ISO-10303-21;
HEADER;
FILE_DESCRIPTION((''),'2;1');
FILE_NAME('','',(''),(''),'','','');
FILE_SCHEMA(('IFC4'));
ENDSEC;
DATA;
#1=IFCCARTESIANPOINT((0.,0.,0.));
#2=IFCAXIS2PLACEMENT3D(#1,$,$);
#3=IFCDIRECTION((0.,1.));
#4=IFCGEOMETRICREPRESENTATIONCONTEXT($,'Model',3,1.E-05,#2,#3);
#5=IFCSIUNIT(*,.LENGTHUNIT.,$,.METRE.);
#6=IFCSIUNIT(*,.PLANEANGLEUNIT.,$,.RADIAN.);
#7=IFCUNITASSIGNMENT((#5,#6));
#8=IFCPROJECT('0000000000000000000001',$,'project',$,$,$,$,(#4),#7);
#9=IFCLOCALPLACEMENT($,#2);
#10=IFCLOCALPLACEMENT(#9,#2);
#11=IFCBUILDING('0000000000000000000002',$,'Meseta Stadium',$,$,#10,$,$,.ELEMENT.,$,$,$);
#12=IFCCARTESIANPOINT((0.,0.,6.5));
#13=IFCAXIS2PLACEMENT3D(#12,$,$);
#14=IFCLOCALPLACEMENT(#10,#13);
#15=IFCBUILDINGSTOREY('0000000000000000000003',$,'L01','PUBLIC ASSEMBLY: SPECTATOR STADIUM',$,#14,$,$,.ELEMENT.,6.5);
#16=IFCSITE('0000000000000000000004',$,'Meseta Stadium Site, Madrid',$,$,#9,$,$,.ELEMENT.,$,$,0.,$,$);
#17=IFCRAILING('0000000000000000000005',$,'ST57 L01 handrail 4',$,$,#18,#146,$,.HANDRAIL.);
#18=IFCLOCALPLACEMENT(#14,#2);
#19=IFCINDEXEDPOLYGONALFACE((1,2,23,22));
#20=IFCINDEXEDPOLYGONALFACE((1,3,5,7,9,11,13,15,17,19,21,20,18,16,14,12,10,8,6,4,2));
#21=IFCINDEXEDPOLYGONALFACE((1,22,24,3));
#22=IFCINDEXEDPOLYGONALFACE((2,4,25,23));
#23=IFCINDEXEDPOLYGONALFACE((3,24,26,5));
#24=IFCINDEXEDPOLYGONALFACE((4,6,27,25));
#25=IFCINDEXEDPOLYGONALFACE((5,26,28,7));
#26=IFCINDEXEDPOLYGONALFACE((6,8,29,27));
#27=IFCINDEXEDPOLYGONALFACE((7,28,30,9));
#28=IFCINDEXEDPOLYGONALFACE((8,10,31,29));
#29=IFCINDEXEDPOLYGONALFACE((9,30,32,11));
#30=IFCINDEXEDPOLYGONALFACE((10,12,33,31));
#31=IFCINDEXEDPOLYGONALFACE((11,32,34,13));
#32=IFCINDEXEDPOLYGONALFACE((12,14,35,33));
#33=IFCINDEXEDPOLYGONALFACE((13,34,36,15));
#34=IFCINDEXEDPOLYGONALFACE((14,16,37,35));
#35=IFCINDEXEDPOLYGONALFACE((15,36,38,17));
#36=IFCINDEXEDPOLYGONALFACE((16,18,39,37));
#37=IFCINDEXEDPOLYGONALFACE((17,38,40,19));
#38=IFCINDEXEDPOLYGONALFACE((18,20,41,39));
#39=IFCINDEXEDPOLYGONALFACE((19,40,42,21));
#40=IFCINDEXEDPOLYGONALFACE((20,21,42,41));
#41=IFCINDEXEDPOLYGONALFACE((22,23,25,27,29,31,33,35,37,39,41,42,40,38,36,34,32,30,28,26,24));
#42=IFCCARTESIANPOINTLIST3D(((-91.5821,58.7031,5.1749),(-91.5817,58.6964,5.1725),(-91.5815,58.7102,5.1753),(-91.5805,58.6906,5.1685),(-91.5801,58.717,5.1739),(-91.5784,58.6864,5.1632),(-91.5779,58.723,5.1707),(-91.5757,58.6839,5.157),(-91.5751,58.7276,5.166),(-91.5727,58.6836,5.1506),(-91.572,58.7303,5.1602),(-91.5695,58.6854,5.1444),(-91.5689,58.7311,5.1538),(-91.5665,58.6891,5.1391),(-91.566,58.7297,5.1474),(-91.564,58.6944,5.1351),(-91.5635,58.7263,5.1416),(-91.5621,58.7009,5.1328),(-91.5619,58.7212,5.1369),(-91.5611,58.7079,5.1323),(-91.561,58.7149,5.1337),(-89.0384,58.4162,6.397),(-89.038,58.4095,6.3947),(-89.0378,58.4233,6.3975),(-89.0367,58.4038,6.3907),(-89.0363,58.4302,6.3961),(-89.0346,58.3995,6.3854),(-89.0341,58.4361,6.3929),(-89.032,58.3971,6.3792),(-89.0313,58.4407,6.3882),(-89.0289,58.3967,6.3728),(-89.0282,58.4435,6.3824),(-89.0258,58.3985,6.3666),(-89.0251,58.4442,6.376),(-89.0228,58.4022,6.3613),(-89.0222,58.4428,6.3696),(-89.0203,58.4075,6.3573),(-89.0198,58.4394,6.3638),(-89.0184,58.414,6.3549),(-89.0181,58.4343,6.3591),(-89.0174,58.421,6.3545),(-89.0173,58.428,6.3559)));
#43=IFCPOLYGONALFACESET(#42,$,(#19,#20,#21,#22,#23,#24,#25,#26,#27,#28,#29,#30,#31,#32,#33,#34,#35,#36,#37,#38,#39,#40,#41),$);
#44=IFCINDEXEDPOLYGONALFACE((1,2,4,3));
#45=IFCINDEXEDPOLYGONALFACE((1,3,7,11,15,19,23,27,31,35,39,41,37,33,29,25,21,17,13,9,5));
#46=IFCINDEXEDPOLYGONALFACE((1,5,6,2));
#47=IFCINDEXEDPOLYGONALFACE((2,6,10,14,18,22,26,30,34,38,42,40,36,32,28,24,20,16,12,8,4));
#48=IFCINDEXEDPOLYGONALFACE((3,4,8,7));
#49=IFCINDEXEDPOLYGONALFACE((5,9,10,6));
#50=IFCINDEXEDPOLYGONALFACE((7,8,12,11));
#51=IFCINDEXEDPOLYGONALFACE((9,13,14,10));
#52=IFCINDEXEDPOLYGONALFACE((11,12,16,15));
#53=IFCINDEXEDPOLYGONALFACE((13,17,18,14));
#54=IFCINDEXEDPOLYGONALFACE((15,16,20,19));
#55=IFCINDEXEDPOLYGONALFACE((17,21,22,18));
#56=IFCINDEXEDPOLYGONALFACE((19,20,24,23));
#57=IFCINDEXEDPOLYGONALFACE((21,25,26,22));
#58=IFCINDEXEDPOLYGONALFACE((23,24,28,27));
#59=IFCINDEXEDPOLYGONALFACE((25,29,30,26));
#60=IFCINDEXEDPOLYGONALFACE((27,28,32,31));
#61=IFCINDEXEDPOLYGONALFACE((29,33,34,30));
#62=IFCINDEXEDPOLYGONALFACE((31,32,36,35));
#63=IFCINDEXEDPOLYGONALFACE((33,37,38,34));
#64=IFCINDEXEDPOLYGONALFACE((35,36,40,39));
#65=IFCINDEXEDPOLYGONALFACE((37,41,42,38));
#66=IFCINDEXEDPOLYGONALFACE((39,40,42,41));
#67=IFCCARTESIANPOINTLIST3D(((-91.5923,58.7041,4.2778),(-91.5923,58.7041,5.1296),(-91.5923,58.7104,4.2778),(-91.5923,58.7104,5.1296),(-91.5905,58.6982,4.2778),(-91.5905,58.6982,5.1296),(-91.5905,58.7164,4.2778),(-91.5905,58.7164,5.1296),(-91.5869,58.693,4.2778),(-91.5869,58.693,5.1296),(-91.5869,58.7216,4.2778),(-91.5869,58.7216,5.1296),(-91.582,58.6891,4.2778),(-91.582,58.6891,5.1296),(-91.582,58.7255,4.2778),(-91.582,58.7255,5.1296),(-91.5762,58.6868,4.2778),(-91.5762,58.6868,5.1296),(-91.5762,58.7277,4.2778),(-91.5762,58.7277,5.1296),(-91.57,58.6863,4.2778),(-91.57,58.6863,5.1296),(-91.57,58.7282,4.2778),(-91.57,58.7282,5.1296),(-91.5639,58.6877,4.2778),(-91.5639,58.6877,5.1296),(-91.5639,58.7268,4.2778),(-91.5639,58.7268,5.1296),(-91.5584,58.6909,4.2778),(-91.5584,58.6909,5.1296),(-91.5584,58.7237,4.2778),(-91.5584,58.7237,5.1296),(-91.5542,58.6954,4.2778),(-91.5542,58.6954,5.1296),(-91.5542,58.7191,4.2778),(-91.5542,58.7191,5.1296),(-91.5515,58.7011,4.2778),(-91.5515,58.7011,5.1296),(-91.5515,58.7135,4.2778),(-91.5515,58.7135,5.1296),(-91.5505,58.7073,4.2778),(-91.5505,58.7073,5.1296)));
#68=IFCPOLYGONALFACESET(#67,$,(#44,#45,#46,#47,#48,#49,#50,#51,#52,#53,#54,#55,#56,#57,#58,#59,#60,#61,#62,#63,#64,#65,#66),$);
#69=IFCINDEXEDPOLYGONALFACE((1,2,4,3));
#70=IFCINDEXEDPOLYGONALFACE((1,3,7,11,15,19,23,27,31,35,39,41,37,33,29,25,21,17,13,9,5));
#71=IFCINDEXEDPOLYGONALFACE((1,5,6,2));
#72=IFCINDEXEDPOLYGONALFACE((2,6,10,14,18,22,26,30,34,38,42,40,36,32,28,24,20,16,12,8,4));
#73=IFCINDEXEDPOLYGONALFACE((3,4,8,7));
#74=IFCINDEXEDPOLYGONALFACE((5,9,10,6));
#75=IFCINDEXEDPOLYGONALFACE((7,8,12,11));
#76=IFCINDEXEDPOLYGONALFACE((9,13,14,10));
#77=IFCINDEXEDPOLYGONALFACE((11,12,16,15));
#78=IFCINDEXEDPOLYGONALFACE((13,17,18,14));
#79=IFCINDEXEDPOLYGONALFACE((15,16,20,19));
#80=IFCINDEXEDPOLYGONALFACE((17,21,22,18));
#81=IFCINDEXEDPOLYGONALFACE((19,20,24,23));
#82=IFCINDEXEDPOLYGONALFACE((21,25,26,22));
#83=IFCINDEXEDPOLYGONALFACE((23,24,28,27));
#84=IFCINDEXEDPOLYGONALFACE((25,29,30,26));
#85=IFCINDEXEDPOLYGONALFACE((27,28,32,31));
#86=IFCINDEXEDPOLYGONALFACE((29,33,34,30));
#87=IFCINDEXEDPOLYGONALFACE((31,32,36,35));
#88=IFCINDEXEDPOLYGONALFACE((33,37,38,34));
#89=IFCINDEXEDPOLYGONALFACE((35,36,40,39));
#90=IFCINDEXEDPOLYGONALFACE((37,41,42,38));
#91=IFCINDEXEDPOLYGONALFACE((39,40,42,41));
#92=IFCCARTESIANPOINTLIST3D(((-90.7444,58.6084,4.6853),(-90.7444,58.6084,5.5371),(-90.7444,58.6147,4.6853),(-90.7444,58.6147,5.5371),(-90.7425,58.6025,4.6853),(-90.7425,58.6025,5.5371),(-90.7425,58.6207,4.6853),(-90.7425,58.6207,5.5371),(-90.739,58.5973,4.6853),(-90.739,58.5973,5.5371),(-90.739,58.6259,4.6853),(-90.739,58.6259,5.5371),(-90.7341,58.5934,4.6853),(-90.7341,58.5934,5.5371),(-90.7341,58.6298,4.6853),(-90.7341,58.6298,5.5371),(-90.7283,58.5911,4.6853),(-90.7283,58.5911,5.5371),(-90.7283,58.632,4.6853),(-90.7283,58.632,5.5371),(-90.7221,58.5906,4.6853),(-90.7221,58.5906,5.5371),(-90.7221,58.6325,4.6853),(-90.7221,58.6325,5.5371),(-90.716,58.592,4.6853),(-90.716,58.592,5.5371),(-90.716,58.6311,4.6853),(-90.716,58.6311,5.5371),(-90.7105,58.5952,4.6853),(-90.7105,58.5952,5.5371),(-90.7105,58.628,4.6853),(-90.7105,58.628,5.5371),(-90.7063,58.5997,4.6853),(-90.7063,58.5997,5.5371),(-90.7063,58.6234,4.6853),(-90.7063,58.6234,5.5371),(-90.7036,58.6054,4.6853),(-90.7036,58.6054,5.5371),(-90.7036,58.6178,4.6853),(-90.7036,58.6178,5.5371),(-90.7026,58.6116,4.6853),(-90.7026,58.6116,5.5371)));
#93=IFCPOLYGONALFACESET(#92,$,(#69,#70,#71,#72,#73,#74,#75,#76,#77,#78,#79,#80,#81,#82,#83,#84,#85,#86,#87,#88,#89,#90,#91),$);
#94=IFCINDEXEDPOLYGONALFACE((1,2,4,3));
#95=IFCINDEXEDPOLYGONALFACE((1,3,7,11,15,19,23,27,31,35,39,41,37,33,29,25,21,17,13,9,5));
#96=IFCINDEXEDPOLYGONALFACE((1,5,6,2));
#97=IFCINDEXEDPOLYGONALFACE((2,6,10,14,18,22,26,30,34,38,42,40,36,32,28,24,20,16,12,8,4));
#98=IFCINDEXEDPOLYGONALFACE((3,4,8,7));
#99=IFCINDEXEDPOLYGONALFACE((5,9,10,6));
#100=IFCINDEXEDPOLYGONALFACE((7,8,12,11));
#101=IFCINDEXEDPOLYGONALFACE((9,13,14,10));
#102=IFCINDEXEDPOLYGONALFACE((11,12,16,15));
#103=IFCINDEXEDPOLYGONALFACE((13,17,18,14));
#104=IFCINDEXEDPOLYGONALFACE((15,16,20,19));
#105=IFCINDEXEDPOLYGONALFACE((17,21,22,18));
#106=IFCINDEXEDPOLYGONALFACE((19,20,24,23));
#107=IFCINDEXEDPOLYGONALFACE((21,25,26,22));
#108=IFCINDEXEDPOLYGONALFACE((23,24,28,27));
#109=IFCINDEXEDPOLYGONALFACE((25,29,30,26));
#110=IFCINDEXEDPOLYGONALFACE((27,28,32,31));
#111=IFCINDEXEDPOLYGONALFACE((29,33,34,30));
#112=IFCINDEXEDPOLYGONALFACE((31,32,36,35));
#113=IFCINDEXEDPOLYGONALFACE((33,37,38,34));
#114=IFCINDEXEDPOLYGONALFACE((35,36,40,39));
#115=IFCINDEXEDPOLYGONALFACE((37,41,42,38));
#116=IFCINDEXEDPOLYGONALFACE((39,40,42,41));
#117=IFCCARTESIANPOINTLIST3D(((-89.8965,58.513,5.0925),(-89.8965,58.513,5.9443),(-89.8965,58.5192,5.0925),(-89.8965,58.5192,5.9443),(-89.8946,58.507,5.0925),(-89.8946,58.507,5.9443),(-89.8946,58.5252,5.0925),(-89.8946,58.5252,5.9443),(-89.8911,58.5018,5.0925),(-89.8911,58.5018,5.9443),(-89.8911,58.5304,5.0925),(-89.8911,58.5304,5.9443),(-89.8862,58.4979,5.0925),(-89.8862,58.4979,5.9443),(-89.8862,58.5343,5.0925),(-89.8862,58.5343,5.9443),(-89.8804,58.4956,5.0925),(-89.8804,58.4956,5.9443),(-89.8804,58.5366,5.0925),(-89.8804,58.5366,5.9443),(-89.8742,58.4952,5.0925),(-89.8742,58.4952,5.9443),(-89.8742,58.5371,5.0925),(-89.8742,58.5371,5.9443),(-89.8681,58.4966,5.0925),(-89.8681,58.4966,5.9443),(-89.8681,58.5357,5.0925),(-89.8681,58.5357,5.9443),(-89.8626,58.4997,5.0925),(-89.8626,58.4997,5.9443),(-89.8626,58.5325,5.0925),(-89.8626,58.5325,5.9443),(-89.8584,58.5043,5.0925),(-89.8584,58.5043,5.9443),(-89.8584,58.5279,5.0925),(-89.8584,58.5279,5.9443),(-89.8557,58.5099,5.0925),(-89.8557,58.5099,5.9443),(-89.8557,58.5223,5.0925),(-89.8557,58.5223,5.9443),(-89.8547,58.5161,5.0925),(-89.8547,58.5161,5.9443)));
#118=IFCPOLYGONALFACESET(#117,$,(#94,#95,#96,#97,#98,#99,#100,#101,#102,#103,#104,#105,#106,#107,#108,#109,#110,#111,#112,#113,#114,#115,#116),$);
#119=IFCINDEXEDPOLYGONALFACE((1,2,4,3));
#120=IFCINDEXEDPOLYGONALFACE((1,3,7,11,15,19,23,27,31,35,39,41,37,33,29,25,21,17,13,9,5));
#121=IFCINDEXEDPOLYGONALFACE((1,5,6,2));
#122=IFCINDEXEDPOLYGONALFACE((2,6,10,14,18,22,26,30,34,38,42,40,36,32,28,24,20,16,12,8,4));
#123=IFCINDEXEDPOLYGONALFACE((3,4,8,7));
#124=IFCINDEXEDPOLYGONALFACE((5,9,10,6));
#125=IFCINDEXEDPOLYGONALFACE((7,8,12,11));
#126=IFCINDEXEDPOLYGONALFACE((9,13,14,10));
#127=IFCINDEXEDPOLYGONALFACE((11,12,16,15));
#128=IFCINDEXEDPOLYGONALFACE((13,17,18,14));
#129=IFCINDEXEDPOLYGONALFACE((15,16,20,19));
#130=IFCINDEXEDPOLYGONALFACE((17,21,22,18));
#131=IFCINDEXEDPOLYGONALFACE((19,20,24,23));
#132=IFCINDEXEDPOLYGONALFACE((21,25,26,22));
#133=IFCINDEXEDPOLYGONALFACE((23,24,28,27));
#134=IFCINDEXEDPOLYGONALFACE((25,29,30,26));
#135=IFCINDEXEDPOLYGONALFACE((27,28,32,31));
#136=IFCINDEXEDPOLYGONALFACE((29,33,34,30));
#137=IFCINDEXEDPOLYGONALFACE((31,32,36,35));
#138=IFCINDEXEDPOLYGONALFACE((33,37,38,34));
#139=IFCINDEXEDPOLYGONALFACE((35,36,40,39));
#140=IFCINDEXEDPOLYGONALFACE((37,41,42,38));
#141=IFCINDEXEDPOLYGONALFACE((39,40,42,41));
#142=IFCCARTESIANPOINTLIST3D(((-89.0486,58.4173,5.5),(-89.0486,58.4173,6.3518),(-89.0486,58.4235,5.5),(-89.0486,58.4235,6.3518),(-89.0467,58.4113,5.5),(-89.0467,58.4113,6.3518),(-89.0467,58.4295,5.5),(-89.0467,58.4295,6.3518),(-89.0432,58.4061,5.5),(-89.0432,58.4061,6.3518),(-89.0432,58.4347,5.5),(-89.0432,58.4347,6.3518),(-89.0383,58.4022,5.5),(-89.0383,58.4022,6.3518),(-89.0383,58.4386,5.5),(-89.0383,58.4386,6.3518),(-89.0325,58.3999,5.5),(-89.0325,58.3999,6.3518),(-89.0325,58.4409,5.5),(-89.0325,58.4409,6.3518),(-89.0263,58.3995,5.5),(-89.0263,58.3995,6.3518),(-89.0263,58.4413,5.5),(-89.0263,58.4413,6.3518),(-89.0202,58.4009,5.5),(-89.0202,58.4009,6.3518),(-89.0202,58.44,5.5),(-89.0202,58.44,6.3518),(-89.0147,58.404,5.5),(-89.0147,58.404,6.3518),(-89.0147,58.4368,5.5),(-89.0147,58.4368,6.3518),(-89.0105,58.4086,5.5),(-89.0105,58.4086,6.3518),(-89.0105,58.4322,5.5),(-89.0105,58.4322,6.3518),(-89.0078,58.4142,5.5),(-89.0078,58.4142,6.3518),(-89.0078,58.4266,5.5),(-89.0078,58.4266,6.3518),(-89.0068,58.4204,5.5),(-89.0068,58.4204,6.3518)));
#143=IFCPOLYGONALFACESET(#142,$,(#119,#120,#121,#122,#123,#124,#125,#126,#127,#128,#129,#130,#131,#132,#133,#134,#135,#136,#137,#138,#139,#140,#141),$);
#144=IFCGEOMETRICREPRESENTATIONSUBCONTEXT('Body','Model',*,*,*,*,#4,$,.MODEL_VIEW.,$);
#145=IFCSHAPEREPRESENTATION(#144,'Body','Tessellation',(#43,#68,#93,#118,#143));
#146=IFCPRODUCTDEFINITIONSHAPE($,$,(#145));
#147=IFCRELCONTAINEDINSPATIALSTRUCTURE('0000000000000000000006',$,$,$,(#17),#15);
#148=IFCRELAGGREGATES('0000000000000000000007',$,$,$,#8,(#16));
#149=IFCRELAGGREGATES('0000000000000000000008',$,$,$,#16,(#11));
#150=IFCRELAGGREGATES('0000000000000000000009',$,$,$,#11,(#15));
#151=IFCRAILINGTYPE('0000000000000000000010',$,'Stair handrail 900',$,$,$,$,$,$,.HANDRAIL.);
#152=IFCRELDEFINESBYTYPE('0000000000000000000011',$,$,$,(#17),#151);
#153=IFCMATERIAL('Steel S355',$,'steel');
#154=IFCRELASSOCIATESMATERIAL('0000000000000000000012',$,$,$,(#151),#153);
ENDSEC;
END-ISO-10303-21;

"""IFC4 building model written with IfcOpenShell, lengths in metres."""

from ifc_helpers import new_model, si_unit, direction, frame, origin, origin_2d, place, context, subcontext, project, spatial, circle, extrude, material, type_object, element, save


model = new_model("IFC4")

# Units and contexts
model_context = context("Model", 3, precision=1e-05, world=origin(), true_north=direction((0.0, 1.0)))
body_context = subcontext(model_context, "Body", "Model", "MODEL_VIEW")
ifc_project = project(units=[si_unit("LENGTHUNIT", "METRE"), si_unit("PLANEANGLEUNIT", "RADIAN")], contexts=[model_context])

# Site, building, storey
site_placement = place(None, origin())
site = spatial("IfcSite", under=ifc_project, at=site_placement, Name="Meseta Stadium Site, Madrid", CompositionType="ELEMENT", RefElevation=0.0)
building_placement = place(site_placement, origin())
building = spatial("IfcBuilding", under=site, at=building_placement, Name="Meseta Stadium", CompositionType="ELEMENT")
storey_placement = place(building_placement, frame((0.0, 0.0, 6.5)))
storey = spatial("IfcBuildingStorey", under=building, at=storey_placement, Name="L01", Description="PUBLIC ASSEMBLY: SPECTATOR STADIUM", CompositionType="ELEMENT", Elevation=6.5)

# Railing
ifc_material_1 = material(Name="Steel S355", Category="steel")
railing_type_1 = type_object("IfcRailingType", Name="Stair handrail 900", PredefinedType="HANDRAIL", material=ifc_material_1)
for number, where, name in (
    (1, (-91.5715, 58.7073, 4.2778), "ST57 L01 handrail 4"),
):
    element("IfcRailing", number, at=place(storey_placement, frame(where)), inside=storey, type_object=railing_type_1, Name=name, PredefinedType="HANDRAIL", context=body_context, shape_type="SweptSolid", body=[
        extrude(circle(Radius=0.0239, at=origin_2d()), frame((0.0, 0.0, 0.876), z_axis=(0.896737, -0.101129, 0.430854), x_axis=(0.112064, 0.993701, 0.0)), (0.0, 0.0, 1.0), 2.8367),
        extrude(circle(Radius=0.021, at=origin_2d()), origin(), (0.0, 0.0, 1.0), 0.8518),
        extrude(circle(Radius=0.021, at=origin_2d()), frame((0.8479, -0.0957, 0.4075)), (0.0, 0.0, 1.0), 0.8518),
        extrude(circle(Radius=0.021, at=origin_2d()), frame((1.6958, -0.1912, 0.8147)), (0.0, 0.0, 1.0), 0.8518),
        extrude(circle(Radius=0.021, at=origin_2d()), frame((2.5437, -0.2869, 1.2222)), (0.0, 0.0, 1.0), 0.8518),
    ])

save(model, "model.ifc")
